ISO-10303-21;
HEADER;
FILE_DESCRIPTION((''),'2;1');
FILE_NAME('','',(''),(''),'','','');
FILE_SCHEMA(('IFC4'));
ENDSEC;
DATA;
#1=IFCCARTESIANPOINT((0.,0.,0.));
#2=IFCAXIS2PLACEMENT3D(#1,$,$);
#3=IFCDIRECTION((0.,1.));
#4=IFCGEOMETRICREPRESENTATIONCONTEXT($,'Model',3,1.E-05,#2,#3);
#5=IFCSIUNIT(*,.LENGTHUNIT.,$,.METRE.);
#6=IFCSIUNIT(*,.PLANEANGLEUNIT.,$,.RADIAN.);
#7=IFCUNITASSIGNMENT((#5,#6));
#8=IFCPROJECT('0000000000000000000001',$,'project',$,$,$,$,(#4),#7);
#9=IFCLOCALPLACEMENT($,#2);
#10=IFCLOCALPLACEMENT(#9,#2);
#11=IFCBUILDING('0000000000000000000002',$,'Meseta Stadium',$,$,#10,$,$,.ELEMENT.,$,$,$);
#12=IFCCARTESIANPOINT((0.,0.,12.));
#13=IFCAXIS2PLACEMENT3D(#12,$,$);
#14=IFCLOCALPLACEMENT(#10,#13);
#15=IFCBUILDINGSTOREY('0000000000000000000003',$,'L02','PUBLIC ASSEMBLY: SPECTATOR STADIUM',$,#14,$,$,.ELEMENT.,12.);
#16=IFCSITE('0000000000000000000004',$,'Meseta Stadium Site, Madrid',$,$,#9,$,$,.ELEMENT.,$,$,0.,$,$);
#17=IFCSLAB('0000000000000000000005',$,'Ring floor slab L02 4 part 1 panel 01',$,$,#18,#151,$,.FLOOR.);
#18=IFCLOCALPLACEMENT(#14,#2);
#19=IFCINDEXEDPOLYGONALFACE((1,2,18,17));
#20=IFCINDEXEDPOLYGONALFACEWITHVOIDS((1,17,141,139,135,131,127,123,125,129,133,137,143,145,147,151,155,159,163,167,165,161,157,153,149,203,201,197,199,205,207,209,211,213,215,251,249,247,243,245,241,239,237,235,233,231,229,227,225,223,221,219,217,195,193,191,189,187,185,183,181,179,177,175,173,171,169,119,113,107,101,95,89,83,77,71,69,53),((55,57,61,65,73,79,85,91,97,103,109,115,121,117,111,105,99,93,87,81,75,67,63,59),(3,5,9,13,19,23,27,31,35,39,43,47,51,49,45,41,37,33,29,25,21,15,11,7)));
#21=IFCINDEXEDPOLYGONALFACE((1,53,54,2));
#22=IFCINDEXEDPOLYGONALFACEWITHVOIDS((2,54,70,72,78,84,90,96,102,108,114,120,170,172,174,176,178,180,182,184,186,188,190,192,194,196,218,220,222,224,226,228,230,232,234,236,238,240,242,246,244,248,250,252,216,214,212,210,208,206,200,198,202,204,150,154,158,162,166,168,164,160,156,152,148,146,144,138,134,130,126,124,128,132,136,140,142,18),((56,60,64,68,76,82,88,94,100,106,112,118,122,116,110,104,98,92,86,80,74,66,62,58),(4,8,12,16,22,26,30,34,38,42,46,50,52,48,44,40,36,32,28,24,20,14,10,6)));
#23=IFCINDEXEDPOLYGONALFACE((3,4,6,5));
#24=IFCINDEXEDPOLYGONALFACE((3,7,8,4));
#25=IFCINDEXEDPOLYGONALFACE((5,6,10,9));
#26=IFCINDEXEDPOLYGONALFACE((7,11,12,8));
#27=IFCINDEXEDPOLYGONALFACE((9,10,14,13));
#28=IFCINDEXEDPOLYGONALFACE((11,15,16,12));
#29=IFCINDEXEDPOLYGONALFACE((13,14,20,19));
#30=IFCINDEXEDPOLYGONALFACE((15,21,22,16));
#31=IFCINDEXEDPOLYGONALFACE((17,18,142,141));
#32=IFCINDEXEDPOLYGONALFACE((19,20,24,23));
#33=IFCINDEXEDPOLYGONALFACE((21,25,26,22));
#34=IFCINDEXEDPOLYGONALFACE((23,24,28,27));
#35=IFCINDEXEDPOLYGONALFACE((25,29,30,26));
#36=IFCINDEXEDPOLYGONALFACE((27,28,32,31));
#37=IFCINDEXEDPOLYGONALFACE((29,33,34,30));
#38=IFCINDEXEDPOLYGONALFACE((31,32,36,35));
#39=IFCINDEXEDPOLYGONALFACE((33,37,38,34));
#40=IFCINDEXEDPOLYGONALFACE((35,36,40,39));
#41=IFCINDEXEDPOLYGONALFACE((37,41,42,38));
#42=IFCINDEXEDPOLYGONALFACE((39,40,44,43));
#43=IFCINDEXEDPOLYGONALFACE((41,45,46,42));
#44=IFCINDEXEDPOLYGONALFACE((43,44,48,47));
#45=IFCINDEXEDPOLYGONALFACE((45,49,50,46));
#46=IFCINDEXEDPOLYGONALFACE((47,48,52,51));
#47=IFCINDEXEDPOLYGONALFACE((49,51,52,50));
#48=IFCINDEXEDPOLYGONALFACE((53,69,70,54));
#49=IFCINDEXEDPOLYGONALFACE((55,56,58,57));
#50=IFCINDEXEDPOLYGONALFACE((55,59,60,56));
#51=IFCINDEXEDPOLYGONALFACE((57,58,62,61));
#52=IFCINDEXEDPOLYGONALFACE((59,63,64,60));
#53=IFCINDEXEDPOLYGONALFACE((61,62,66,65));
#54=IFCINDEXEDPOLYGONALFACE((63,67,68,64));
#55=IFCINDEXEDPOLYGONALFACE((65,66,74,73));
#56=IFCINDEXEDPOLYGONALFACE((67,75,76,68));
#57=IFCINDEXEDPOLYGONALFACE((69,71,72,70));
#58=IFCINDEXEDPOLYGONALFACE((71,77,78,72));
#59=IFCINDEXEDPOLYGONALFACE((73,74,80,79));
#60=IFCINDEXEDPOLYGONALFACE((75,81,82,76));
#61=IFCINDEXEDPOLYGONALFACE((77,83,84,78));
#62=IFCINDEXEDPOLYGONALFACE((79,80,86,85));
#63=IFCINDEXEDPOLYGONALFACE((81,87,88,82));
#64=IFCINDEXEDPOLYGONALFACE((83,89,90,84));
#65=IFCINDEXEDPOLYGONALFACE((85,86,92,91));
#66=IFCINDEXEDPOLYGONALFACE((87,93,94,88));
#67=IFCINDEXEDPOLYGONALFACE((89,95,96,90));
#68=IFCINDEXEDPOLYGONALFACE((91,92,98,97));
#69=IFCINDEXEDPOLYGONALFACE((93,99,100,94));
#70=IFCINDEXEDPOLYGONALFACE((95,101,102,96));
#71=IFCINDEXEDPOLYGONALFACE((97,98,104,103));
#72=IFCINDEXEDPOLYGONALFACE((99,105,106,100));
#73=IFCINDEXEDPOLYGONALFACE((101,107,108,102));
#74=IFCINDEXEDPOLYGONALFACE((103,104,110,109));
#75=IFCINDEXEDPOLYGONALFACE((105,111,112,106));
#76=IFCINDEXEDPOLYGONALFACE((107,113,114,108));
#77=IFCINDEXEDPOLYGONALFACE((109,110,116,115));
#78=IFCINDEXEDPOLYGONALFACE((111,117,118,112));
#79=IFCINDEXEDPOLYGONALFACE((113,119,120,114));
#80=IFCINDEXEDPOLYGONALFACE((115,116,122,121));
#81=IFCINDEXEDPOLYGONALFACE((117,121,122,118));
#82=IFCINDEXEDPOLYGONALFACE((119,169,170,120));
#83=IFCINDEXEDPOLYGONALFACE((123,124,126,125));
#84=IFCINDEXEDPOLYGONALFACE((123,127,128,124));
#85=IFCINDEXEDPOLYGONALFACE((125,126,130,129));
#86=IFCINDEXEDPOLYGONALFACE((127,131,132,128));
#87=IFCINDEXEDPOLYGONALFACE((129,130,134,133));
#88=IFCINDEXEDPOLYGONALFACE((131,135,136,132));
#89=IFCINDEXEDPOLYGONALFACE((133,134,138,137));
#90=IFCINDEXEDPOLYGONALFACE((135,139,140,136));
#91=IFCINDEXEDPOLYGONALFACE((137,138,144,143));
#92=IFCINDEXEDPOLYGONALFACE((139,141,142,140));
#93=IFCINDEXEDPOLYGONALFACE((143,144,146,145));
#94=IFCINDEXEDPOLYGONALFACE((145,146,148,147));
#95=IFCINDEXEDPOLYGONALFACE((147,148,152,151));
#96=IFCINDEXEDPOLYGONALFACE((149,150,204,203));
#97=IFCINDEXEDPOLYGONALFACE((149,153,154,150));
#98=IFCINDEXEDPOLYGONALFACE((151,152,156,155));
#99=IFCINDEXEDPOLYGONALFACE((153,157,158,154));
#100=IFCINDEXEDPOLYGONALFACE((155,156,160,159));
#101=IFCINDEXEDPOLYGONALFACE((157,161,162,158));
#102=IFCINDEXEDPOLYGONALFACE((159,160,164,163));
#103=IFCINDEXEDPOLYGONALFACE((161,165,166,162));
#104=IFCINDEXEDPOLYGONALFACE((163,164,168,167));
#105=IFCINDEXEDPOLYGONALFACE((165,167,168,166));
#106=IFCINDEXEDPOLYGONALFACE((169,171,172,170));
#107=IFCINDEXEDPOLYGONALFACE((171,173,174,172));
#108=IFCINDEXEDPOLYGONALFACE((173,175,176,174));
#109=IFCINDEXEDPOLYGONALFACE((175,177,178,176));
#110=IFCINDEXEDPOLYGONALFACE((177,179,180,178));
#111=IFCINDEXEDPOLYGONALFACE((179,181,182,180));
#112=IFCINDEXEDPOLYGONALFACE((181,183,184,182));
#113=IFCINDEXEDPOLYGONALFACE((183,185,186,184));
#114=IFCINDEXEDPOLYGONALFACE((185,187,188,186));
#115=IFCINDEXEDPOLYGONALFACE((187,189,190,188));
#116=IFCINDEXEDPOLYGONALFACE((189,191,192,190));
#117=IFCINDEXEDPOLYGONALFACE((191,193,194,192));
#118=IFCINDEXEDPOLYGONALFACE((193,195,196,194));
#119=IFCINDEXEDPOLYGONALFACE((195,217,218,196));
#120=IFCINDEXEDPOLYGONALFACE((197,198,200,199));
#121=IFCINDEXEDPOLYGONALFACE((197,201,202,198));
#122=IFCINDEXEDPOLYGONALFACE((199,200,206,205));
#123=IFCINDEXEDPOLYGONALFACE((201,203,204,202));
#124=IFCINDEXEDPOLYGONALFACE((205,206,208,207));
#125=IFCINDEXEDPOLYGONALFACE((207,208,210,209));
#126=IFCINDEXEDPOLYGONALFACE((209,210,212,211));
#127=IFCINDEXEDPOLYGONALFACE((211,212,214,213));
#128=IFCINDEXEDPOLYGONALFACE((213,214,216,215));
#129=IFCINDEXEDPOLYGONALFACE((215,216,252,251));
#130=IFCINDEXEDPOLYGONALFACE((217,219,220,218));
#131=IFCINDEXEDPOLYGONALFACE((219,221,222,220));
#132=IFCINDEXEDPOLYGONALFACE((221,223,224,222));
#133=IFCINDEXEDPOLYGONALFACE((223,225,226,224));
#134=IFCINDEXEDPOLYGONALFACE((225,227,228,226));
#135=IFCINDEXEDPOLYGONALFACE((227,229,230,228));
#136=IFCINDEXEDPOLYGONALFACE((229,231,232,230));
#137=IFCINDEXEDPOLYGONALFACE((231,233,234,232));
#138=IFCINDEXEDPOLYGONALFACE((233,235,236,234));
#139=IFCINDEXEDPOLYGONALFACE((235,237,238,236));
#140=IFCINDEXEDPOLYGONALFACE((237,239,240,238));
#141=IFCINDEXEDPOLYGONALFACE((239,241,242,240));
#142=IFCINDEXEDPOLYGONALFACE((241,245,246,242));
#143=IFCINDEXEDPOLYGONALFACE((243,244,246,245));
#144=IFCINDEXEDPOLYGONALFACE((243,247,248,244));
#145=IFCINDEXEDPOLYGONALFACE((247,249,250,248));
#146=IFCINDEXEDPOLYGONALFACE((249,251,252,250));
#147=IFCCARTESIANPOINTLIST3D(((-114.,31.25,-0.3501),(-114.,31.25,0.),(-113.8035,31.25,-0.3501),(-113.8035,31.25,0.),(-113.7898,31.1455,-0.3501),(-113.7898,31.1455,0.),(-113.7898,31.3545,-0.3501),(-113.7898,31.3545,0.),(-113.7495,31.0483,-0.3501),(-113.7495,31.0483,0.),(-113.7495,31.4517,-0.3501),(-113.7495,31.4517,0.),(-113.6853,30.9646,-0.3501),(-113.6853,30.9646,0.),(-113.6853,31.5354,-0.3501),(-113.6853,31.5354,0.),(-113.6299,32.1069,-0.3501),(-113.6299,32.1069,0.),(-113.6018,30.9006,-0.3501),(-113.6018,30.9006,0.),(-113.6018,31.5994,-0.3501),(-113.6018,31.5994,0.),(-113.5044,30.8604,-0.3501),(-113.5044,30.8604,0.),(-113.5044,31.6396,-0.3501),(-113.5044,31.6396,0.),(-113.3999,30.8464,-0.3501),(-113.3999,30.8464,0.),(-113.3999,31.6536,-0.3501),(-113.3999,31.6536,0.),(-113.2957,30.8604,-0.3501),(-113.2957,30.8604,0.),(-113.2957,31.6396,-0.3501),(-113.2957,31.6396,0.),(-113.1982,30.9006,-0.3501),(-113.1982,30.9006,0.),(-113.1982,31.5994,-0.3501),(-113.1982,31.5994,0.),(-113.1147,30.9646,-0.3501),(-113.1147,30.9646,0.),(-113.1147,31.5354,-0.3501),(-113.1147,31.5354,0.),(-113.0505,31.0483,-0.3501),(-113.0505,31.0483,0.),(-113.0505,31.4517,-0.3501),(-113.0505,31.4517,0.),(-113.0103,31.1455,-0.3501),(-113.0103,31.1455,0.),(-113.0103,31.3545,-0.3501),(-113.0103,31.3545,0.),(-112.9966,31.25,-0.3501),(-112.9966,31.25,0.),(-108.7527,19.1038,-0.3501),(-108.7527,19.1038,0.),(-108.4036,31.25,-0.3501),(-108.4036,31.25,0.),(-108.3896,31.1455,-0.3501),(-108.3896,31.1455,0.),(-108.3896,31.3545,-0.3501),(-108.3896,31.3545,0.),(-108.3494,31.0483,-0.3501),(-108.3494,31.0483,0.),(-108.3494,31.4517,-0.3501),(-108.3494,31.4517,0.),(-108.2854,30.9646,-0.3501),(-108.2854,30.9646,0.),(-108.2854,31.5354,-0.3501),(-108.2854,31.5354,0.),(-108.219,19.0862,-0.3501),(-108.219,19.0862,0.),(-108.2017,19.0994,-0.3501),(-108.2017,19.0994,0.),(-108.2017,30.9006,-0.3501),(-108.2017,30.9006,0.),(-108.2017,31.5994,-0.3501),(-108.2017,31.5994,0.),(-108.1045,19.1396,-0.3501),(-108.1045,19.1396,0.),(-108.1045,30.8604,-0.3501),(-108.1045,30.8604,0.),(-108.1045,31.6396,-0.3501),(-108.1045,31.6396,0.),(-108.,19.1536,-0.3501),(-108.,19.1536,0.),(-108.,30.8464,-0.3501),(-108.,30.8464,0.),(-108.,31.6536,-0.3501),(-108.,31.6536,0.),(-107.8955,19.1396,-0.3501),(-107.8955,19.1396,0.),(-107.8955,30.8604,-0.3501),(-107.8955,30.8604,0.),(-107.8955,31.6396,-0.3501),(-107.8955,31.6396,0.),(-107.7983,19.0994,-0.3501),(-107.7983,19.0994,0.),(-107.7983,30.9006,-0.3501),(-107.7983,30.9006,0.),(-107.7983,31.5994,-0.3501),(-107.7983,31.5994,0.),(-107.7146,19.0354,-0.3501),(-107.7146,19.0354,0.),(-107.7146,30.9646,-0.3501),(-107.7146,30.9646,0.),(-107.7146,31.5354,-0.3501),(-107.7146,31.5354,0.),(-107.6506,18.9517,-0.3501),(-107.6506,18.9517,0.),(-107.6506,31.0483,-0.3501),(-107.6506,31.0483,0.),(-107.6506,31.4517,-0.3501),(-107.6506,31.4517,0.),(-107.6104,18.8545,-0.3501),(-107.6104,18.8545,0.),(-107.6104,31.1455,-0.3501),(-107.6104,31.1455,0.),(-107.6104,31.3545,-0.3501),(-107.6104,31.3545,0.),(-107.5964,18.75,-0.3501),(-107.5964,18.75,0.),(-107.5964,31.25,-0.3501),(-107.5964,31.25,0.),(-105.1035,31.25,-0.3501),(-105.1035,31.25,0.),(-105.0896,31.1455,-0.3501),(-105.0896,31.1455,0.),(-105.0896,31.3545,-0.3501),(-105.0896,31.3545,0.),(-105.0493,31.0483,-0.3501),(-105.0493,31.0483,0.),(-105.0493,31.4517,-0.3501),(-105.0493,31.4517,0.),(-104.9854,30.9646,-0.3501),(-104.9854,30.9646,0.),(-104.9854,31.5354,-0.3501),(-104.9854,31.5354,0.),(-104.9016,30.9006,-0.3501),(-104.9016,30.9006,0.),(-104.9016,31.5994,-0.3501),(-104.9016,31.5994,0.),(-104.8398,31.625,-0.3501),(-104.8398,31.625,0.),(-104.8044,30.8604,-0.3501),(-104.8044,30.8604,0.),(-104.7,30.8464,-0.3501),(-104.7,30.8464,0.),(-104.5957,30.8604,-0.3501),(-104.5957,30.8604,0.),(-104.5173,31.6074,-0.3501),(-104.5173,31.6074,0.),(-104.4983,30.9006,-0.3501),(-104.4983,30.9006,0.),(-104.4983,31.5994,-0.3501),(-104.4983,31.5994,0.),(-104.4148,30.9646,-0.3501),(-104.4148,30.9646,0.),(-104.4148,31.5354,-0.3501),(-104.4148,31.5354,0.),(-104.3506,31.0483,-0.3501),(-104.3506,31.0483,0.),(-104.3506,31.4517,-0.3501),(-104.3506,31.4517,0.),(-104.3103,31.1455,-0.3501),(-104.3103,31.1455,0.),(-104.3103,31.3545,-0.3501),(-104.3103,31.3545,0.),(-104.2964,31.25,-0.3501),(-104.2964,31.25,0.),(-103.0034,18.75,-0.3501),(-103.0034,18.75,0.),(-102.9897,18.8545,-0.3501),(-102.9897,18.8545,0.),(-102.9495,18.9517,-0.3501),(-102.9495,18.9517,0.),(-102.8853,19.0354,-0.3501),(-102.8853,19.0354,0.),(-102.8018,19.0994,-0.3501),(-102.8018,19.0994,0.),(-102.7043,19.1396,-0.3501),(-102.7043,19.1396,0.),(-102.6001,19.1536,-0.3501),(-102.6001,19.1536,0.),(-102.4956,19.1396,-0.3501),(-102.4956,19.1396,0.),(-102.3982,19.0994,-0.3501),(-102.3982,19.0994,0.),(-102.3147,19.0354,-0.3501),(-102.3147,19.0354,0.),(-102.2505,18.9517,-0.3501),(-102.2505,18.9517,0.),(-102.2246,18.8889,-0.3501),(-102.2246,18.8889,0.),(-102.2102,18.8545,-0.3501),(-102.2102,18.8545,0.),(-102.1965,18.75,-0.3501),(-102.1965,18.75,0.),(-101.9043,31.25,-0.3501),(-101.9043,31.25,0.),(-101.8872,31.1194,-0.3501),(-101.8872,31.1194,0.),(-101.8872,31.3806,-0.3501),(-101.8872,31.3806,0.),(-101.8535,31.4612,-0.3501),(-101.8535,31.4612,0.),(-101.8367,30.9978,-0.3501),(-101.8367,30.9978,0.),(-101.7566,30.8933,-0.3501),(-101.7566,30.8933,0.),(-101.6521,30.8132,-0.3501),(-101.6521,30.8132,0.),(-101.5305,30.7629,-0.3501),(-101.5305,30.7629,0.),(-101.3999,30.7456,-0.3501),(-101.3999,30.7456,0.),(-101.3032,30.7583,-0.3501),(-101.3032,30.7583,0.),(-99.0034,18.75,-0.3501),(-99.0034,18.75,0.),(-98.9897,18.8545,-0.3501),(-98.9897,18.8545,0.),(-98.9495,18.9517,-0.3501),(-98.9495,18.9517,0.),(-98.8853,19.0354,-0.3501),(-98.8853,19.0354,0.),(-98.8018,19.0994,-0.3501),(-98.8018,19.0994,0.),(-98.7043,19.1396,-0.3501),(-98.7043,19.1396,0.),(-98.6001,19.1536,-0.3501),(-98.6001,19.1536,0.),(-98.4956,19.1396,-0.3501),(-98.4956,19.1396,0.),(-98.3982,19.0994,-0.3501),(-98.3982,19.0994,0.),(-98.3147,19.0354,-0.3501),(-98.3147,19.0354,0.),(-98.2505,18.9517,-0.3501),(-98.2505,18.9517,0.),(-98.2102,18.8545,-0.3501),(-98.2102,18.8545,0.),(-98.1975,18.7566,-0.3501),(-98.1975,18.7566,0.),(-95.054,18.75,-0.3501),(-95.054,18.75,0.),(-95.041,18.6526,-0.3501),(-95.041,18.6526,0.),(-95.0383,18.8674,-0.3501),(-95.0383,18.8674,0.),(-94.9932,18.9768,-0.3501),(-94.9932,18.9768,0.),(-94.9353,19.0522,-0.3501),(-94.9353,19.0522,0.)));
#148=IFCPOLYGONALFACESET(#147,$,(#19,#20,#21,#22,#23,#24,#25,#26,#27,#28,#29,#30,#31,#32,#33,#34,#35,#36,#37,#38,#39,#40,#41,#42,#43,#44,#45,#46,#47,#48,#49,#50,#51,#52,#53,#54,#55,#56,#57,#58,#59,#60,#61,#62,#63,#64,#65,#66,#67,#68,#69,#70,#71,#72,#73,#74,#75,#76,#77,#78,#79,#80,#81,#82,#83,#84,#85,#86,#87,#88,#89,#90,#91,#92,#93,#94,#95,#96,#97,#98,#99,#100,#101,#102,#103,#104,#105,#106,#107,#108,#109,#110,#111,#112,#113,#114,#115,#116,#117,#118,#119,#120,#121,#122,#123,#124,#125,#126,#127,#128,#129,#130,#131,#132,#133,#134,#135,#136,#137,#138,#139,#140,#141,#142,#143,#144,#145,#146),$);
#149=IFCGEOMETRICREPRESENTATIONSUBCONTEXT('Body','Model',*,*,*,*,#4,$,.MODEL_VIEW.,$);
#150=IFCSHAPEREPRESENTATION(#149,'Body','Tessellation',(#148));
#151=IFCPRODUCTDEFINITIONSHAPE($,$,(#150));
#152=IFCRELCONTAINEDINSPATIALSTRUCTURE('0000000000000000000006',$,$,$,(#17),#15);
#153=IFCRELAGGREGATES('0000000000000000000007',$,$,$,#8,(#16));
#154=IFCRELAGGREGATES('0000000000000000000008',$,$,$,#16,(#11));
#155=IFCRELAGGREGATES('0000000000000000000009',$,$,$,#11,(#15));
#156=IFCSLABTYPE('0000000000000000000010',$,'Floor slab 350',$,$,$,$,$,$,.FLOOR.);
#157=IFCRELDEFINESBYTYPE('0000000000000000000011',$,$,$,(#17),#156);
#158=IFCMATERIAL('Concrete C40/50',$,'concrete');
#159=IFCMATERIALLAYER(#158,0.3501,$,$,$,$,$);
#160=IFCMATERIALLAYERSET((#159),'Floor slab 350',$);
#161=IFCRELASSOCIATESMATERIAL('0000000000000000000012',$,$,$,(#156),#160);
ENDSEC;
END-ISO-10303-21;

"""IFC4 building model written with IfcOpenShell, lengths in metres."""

from ifc_helpers import new_model, si_unit, direction, frame, origin, place, context, subcontext, project, spatial, polyline, outline, extrude, material, layer, layer_set, type_object, element, save


model = new_model("IFC4")

# Units and contexts
model_context = context("Model", 3, precision=1e-05, world=origin(), true_north=direction((0.0, 1.0)))
body_context = subcontext(model_context, "Body", "Model", "MODEL_VIEW")
ifc_project = project(units=[si_unit("LENGTHUNIT", "METRE"), si_unit("PLANEANGLEUNIT", "RADIAN")], contexts=[model_context])

# Site, building, storey
site_placement = place(None, origin())
site = spatial("IfcSite", under=ifc_project, at=site_placement, Name="Meseta Stadium Site, Madrid", CompositionType="ELEMENT", RefElevation=0.0)
building_placement = place(site_placement, origin())
building = spatial("IfcBuilding", under=site, at=building_placement, Name="Meseta Stadium", CompositionType="ELEMENT")
storey_placement = place(building_placement, frame((0.0, 0.0, 12.0)))
storey = spatial("IfcBuildingStorey", under=building, at=storey_placement, Name="L02", Description="PUBLIC ASSEMBLY: SPECTATOR STADIUM", CompositionType="ELEMENT", Elevation=12.0)

# Slab
ifc_material_1 = material(Name="Concrete C40/50", Category="concrete")
ifc_layer_1 = layer(ifc_material_1, 0.3501)
ifc_layer_set_1 = layer_set([ifc_layer_1], Name="Floor slab 350")
slab_type_1 = type_object("IfcSlabType", Name="Floor slab 350", PredefinedType="FLOOR", material=ifc_layer_set_1)
slab_1_placement = place(storey_placement, frame((0.0, 0.0, -0.3501)))
element("IfcSlab", 1, at=slab_1_placement, inside=storey, type_object=slab_type_1, Name="Ring floor slab L02 4 part 1 panel 01", PredefinedType="FLOOR", context=body_context, shape_type="SweptSolid", body=[
    extrude(outline(polyline([(-104.3506, 31.0483), (-104.4148, 30.9646), (-104.4983, 30.9006), (-104.5957, 30.8604), (-104.7, 30.8464), (-104.8044, 30.8604), (-104.9016, 30.9006), (-104.9854, 30.9646), (-105.0493, 31.0483), (-105.0896, 31.1455), (-105.1035, 31.25), (-105.0896, 31.3545), (-105.0493, 31.4517), (-104.9854, 31.5354), (-104.9016, 31.5994), (-104.8398, 31.625), (-113.6299, 32.1069), (-114.0, 31.25), (-108.7527, 19.1038), (-108.219, 19.0862), (-108.2017, 19.0994), (-108.1045, 19.1396), (-108.0, 19.1536), (-107.8955, 19.1396), (-107.7983, 19.0994), (-107.7146, 19.0354), (-107.6506, 18.9517), (-107.6104, 18.8545), (-107.5964, 18.75), (-103.0034, 18.75), (-102.9897, 18.8545), (-102.9495, 18.9517), (-102.8853, 19.0354), (-102.8018, 19.0994), (-102.7043, 19.1396), (-102.6001, 19.1536), (-102.4956, 19.1396), (-102.3982, 19.0994), (-102.3147, 19.0354), (-102.2505, 18.9517), (-102.2246, 18.8889), (-102.2102, 18.8545), (-102.1965, 18.75), (-99.0034, 18.75), (-98.9897, 18.8545), (-98.9495, 18.9517), (-98.8853, 19.0354), (-98.8018, 19.0994), (-98.7043, 19.1396), (-98.6001, 19.1536), (-98.4956, 19.1396), (-98.3982, 19.0994), (-98.3147, 19.0354), (-98.2505, 18.9517), (-98.2102, 18.8545), (-98.1975, 18.7566), (-95.041, 18.6526), (-95.054, 18.75), (-95.0383, 18.8674), (-94.9932, 18.9768), (-94.9353, 19.0522), (-101.3032, 30.7583), (-101.3999, 30.7456), (-101.5305, 30.7629), (-101.6521, 30.8132), (-101.7566, 30.8933), (-101.8367, 30.9978), (-101.8872, 31.1194), (-101.9043, 31.25), (-101.8872, 31.3806), (-101.8535, 31.4612), (-104.5173, 31.6074), (-104.4983, 31.5994), (-104.4148, 31.5354), (-104.3506, 31.4517), (-104.3103, 31.3545), (-104.2964, 31.25), (-104.3103, 31.1455), (-104.3506, 31.0483)]), holes=[polyline([(-107.8955, 30.8604), (-108.0, 30.8464), (-108.1045, 30.8604), (-108.2017, 30.9006), (-108.2854, 30.9646), (-108.3494, 31.0483), (-108.3896, 31.1455), (-108.4036, 31.25), (-108.3896, 31.3545), (-108.3494, 31.4517), (-108.2854, 31.5354), (-108.2017, 31.5994), (-108.1045, 31.6396), (-108.0, 31.6536), (-107.8955, 31.6396), (-107.7983, 31.5994), (-107.7146, 31.5354), (-107.6506, 31.4517), (-107.6104, 31.3545), (-107.5964, 31.25), (-107.6104, 31.1455), (-107.6506, 31.0483), (-107.7146, 30.9646), (-107.7983, 30.9006), (-107.8955, 30.8604)]), polyline([(-113.6018, 30.9006), (-113.6853, 30.9646), (-113.7495, 31.0483), (-113.7898, 31.1455), (-113.8035, 31.25), (-113.7898, 31.3545), (-113.7495, 31.4517), (-113.6853, 31.5354), (-113.6018, 31.5994), (-113.5044, 31.6396), (-113.3999, 31.6536), (-113.2957, 31.6396), (-113.1982, 31.5994), (-113.1147, 31.5354), (-113.0505, 31.4517), (-113.0103, 31.3545), (-112.9966, 31.25), (-113.0103, 31.1455), (-113.0505, 31.0483), (-113.1147, 30.9646), (-113.1982, 30.9006), (-113.2957, 30.8604), (-113.3999, 30.8464), (-113.5044, 30.8604), (-113.6018, 30.9006)])]), origin(), (0.0, 0.0, 1.0), 0.3501),
])

save(model, "model.ifc")
